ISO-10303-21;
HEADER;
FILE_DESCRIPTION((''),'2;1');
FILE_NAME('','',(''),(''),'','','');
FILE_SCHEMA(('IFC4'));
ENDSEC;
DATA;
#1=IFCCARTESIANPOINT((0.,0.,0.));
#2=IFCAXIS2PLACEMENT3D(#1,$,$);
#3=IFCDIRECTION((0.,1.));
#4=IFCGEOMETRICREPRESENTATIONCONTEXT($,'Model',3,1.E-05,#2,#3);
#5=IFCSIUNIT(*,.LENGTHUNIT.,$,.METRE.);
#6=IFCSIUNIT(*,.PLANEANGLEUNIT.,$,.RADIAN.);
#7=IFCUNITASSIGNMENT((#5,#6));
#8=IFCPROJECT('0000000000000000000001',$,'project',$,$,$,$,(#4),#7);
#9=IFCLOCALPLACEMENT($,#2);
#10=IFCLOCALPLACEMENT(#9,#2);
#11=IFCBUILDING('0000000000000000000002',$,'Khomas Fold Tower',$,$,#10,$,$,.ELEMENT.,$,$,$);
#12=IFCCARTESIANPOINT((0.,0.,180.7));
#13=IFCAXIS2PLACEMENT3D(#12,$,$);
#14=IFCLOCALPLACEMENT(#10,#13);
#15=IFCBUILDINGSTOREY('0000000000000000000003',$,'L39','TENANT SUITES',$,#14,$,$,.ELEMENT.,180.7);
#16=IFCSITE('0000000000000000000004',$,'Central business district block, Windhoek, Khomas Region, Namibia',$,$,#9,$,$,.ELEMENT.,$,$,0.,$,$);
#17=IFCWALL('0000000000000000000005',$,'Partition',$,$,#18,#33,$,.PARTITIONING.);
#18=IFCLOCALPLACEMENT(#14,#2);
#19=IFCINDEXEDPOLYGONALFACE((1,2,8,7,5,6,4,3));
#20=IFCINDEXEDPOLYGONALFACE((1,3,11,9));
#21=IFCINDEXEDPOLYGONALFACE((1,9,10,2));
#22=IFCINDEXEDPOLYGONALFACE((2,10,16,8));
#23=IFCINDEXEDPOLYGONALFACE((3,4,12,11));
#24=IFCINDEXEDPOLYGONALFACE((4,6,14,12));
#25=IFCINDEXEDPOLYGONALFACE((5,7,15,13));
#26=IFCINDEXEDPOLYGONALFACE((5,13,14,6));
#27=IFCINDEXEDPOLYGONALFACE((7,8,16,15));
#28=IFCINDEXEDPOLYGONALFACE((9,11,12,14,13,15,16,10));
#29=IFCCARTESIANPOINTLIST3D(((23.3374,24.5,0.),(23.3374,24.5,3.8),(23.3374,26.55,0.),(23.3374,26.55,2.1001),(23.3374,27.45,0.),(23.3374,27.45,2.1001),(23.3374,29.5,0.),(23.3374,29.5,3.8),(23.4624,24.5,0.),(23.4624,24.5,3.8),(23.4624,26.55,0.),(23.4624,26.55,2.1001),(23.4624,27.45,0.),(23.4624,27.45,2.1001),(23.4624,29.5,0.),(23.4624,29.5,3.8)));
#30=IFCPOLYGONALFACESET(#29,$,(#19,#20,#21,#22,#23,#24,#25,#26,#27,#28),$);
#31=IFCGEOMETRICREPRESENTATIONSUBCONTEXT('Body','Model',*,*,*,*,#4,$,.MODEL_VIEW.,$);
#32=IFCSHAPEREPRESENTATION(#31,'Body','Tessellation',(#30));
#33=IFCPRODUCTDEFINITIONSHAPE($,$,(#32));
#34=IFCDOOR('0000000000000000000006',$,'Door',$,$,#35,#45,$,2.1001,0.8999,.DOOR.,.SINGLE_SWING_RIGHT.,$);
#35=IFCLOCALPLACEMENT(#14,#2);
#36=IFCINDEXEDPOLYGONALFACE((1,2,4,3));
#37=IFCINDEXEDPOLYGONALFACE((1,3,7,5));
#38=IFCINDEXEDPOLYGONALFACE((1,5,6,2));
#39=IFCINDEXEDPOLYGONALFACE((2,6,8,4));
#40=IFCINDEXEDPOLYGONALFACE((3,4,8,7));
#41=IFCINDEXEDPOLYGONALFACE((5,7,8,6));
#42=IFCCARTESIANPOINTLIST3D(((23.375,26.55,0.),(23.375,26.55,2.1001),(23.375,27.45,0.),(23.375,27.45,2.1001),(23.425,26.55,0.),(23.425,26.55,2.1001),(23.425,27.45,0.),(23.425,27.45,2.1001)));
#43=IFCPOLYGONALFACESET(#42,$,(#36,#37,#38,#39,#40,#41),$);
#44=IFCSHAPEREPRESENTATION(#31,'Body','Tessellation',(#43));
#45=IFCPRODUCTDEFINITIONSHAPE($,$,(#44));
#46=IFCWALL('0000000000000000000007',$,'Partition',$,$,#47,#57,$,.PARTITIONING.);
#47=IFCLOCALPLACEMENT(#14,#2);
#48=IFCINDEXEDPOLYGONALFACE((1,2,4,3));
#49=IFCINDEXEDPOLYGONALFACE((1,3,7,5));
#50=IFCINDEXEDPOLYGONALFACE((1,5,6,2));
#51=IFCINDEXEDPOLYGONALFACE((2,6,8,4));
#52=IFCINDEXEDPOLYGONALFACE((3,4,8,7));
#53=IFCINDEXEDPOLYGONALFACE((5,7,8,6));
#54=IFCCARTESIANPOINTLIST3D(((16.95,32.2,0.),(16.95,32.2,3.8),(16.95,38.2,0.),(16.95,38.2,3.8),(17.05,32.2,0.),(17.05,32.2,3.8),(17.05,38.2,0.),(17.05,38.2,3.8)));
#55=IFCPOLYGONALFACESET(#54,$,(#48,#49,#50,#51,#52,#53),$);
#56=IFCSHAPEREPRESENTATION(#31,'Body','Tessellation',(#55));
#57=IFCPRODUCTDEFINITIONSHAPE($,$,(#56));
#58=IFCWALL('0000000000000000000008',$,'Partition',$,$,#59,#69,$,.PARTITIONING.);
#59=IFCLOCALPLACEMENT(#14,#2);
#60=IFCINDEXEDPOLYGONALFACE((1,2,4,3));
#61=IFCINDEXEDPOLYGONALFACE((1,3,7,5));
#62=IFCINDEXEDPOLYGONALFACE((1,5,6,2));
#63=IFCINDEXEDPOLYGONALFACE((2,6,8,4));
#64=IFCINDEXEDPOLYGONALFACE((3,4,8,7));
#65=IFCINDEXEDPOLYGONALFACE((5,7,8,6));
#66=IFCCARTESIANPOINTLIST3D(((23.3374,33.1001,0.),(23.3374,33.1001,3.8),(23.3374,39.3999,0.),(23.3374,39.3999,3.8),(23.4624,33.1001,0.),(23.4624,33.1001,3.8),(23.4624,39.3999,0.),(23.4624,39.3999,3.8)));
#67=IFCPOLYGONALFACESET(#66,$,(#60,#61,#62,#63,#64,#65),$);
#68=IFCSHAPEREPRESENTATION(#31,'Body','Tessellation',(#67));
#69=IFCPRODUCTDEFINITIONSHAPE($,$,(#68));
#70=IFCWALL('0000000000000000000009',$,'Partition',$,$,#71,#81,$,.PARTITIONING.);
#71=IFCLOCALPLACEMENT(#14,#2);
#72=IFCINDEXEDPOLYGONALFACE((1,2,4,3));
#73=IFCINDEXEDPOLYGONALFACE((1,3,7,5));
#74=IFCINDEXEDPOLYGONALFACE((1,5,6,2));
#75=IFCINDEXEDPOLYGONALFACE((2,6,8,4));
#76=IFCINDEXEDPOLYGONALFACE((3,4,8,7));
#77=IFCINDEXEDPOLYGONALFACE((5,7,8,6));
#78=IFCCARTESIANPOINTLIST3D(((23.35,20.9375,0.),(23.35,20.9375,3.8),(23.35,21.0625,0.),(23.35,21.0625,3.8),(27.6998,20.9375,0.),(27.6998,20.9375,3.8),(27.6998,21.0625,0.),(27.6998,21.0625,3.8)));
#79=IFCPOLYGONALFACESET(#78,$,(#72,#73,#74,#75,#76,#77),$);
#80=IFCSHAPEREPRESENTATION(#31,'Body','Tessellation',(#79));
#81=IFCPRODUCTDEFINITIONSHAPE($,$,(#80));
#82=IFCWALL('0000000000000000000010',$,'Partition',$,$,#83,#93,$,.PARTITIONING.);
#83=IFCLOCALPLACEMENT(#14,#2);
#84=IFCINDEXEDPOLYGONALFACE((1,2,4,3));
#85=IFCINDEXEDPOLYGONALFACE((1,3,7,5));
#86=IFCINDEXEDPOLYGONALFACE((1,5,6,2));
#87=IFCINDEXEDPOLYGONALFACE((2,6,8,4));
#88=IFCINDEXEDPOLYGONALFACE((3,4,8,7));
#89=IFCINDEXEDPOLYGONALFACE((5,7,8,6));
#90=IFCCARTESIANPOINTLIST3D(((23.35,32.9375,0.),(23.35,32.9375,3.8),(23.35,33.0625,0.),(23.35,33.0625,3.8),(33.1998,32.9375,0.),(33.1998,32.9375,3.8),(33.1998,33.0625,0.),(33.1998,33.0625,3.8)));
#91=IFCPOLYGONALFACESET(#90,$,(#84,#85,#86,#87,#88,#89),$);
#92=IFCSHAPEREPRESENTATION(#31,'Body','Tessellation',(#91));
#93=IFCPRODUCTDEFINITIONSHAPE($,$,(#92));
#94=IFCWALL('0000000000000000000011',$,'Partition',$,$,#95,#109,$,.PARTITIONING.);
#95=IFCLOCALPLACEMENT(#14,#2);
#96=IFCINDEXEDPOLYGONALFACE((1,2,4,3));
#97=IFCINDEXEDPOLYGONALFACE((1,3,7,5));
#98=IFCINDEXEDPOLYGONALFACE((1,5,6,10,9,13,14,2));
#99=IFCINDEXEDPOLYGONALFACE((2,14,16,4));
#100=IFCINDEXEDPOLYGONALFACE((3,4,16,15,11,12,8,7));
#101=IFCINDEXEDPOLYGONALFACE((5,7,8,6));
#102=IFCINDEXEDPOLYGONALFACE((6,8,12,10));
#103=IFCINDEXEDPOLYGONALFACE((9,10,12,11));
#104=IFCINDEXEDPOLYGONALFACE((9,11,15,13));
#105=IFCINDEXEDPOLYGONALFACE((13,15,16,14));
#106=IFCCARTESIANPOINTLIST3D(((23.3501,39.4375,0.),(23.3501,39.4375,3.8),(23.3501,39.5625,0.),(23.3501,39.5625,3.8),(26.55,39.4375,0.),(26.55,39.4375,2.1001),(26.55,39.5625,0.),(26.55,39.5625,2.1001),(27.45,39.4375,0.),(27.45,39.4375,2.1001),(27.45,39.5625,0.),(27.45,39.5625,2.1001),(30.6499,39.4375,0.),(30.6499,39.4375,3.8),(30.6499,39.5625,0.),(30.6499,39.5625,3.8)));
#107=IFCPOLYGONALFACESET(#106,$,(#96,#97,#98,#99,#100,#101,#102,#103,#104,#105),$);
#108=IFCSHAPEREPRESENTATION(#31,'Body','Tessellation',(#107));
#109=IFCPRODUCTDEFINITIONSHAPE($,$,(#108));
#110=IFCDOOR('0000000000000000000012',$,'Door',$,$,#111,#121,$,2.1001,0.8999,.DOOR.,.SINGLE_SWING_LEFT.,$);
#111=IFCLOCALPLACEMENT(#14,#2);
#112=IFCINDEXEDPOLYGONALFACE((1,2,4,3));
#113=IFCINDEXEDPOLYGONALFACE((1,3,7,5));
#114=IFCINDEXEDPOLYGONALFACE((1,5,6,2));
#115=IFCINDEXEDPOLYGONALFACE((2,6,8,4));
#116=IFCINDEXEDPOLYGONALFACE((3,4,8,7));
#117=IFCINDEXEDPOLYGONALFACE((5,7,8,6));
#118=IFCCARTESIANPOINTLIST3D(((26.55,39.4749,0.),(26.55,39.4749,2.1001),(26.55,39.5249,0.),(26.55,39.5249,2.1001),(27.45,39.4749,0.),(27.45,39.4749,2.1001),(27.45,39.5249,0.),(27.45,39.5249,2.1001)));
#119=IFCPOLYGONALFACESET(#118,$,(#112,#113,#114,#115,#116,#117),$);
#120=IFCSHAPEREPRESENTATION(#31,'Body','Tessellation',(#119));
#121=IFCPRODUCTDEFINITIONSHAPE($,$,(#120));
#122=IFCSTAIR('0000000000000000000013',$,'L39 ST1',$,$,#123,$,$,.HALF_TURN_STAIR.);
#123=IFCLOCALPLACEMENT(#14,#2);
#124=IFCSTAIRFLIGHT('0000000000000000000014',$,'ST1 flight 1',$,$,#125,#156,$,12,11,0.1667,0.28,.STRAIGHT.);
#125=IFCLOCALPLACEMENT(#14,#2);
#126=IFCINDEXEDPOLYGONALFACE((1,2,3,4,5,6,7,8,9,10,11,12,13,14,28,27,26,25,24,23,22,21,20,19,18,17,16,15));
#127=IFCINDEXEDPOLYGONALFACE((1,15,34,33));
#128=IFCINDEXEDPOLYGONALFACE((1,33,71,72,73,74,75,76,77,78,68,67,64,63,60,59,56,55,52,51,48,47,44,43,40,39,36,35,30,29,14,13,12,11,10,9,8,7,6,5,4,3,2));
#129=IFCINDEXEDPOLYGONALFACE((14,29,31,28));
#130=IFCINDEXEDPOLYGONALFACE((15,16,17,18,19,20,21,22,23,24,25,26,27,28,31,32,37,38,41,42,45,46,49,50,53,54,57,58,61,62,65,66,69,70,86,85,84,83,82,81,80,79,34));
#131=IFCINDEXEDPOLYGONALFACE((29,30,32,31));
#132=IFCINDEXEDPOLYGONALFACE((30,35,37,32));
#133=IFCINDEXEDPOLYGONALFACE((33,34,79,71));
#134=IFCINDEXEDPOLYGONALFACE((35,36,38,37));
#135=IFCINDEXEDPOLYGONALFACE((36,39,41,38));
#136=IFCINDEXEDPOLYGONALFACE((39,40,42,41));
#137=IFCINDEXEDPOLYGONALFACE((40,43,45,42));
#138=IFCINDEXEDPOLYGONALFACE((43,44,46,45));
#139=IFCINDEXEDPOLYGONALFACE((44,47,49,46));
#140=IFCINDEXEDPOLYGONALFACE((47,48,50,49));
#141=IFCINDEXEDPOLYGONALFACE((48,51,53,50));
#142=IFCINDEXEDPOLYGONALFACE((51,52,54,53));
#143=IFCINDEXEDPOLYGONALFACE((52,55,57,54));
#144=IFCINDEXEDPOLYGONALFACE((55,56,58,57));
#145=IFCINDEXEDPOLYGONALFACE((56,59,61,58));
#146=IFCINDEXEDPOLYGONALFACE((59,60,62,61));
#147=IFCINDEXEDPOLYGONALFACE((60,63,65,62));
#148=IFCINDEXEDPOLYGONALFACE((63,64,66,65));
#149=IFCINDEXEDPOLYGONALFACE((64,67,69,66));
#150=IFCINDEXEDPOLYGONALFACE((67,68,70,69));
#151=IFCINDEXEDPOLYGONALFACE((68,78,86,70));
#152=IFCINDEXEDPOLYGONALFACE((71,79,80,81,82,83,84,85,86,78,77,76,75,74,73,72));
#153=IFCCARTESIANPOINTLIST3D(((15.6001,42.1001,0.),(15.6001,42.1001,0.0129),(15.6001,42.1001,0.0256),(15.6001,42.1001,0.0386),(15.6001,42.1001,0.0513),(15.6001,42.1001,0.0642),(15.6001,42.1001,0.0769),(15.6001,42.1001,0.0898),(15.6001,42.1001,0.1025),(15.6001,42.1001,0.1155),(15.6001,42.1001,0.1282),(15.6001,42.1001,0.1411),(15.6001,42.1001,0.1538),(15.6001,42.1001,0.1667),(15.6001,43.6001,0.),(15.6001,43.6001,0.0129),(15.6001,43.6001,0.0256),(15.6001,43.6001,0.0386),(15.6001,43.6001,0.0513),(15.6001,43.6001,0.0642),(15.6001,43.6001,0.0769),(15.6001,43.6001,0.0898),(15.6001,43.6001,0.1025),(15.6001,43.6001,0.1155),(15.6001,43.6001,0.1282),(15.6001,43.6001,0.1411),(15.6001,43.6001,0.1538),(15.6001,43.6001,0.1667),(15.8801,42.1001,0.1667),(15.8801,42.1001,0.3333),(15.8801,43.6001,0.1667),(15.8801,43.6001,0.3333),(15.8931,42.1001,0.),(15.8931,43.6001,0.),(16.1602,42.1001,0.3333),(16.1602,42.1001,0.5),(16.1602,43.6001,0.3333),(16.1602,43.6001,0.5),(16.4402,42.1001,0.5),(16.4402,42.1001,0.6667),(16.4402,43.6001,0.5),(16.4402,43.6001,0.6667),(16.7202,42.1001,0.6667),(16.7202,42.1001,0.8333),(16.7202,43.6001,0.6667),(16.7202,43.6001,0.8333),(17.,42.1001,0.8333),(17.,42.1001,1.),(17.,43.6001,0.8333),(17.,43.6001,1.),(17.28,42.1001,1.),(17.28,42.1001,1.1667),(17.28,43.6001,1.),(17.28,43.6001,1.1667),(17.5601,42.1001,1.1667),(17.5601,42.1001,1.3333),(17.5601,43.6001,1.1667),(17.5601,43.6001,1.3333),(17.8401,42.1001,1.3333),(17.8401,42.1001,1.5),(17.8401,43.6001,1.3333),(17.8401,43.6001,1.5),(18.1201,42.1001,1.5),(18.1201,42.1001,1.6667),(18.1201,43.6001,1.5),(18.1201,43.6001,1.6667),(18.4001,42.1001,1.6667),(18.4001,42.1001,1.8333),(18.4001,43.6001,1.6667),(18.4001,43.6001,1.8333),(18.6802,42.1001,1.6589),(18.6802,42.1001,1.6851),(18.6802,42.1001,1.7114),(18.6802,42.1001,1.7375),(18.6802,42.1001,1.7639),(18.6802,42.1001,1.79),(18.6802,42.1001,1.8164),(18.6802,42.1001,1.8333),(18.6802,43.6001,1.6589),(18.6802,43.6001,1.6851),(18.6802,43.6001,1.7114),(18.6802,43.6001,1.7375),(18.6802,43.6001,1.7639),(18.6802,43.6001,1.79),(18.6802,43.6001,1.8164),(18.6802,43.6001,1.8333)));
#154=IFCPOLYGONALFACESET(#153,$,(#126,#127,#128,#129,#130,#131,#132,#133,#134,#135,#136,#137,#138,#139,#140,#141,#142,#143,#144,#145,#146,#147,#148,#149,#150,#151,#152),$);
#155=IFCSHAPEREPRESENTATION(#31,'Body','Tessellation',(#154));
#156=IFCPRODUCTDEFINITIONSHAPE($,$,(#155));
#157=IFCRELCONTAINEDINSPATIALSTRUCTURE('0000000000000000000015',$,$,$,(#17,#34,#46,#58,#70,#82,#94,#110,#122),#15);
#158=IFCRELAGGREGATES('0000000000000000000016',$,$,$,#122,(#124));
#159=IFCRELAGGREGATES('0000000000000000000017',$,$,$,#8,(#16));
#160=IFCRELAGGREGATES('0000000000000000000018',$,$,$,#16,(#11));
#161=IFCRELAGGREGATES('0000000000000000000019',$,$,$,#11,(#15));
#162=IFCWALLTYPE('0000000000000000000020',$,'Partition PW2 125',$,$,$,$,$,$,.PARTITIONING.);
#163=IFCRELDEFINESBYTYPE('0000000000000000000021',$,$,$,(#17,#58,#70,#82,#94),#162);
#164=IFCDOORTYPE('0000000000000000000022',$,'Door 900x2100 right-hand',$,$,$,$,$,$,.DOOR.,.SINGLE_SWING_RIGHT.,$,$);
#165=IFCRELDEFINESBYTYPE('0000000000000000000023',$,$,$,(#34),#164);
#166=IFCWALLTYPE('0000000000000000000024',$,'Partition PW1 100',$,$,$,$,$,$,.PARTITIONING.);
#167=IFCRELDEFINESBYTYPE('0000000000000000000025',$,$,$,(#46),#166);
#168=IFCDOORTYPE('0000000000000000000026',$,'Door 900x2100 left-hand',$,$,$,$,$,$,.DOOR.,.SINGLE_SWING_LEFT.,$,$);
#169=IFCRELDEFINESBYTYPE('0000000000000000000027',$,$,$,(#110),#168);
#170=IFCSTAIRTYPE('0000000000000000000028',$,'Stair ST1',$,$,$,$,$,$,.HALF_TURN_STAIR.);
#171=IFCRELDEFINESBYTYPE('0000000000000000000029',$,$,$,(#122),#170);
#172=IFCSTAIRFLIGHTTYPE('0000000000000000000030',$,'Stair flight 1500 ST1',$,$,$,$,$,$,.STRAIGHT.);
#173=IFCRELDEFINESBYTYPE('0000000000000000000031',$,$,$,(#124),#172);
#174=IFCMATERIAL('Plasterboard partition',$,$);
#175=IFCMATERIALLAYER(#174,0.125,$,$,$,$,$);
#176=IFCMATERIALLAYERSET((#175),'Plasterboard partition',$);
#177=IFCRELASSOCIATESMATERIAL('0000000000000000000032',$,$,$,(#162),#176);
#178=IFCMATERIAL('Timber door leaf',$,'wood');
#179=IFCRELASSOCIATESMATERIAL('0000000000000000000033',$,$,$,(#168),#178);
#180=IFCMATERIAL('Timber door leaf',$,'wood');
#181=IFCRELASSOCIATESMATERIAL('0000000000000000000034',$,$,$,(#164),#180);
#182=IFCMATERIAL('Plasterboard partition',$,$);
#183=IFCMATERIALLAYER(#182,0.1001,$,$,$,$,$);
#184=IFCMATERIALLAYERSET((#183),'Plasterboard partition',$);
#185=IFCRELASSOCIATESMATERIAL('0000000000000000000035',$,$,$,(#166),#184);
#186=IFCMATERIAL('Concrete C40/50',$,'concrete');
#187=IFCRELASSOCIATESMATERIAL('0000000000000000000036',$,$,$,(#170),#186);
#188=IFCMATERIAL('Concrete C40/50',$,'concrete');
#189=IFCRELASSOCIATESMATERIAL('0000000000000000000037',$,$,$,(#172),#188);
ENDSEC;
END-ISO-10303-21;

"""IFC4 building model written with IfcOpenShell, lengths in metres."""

from ifc_helpers import new_model, si_unit, direction, frame, frame_2d, origin, place, context, subcontext, project, spatial, polyline, rectangle, outline, extrude, source, transform, mapped, material, layer, layer_set, type_object, element, fill, aggregate, save


model = new_model("IFC4")

# Units and contexts
model_context = context("Model", 3, precision=1e-05, world=origin(), true_north=direction((0.0, 1.0)))
body_context = subcontext(model_context, "Body", "Model", "MODEL_VIEW")
ifc_project = project(units=[si_unit("LENGTHUNIT", "METRE"), si_unit("PLANEANGLEUNIT", "RADIAN")], contexts=[model_context])

# Site, building, storey
site_placement = place(None, origin())
site = spatial("IfcSite", under=ifc_project, at=site_placement, Name="Central business district block, Windhoek, Khomas Region, Namibia", CompositionType="ELEMENT", RefElevation=0.0)
building_placement = place(site_placement, origin())
building = spatial("IfcBuilding", under=site, at=building_placement, Name="Khomas Fold Tower", CompositionType="ELEMENT")
storey_placement = place(building_placement, frame((0.0, 0.0, 180.7)))
storey = spatial("IfcBuildingStorey", under=building, at=storey_placement, Name="L39", Description="TENANT SUITES", CompositionType="ELEMENT", Elevation=180.7)

# Shared definitions
ifc_material_1 = material(Name="Plasterboard partition")
ifc_layer_1 = layer(ifc_material_1, 0.125)
ifc_layer_set_1 = layer_set([ifc_layer_1], Name="Plasterboard partition")
wall_type_1 = type_object("IfcWallType", Name="Partition PW2 125", PredefinedType="PARTITIONING", material=ifc_layer_set_1)
shared_shape_1 = source(origin(), body_context, "Body", "SweptSolid", [
    extrude(rectangle(XDim=0.8999, YDim=2.1001, at=frame_2d((0.45, 1.05))), frame((0.0, 0.0725, 0.0), z_axis=(0.0, -1.0, 0.0), x_axis=(1.0, 0.0, 0.0)), (0.0, 0.0, 1.0), 0.145),
])
ifc_material_2 = material(Name="Timber door leaf", Category="wood")
door_type_1 = type_object("IfcDoorType", Name="Door 900x2100 left-hand", OperationType="SINGLE_SWING_LEFT", PredefinedType="DOOR", material=ifc_material_2)
shared_shape_2 = source(origin(), body_context, "Body", "SweptSolid", [
    extrude(rectangle(XDim=0.8999, YDim=2.1001, at=frame_2d((0.45, 1.05))), frame((0.0, 0.0249, 0.0), z_axis=(0.0, -1.0, 0.0), x_axis=(1.0, 0.0, 0.0)), (0.0, 0.0, 1.0), 0.05),
])

# Wall, opening, door
shared_shape_3 = source(origin(), body_context, "Body", "SweptSolid", [
    extrude(rectangle(XDim=5.0, YDim=0.125, at=frame_2d((2.5, 0.0))), origin(), (0.0, 0.0, 1.0), 3.8),
])
wall_1_placement = place(storey_placement, frame((23.3999, 24.5, 0.0), z_axis=(0.0, 0.0, 1.0), x_axis=(0.0, 1.0, 0.0)))
wall_1 = element("IfcWall", 1, at=wall_1_placement, inside=storey, type_object=wall_type_1, Name="Partition", PredefinedType="PARTITIONING", context=body_context, shape_type="MappedRepresentation", body=[
    mapped(shared_shape_3, transform((0.0, 0.0, 0.0))),
])
opening_1_placement = place(wall_1_placement, frame((2.05, 0.0, 0.0)))
opening_1 = element("IfcOpeningElement", 2, at=opening_1_placement, cuts=wall_1, PredefinedType="OPENING", context=body_context, shape_type="MappedRepresentation", body=[
    mapped(shared_shape_1, transform((0.0, 0.0, 0.0))),
])
ifc_material_3 = material(Name="Timber door leaf", Category="wood")
door_type_2 = type_object("IfcDoorType", Name="Door 900x2100 right-hand", OperationType="SINGLE_SWING_RIGHT", PredefinedType="DOOR", material=ifc_material_3)
door_1_placement = place(opening_1_placement, origin())
door_1 = element("IfcDoor", 3, at=door_1_placement, inside=storey, type_object=door_type_2, Name="Door", OperationType="SINGLE_SWING_RIGHT", OverallHeight=2.1001, OverallWidth=0.8999, PredefinedType="DOOR", context=body_context, shape_type="MappedRepresentation", body=[
    mapped(shared_shape_2, transform((0.0, 0.0, 0.0))),
])
fill(opening_1, door_1)

# Walls
ifc_material_4 = material(Name="Plasterboard partition")
ifc_layer_2 = layer(ifc_material_4, 0.1001)
ifc_layer_set_2 = layer_set([ifc_layer_2], Name="Plasterboard partition")
wall_type_2 = type_object("IfcWallType", Name="Partition PW1 100", PredefinedType="PARTITIONING", material=ifc_layer_set_2)
shared_shape_4 = source(origin(), body_context, "Body", "SweptSolid", [
    extrude(rectangle(XDim=6.0, YDim=0.1001, at=frame_2d((3.0, 0.0))), origin(), (0.0, 0.0, 1.0), 3.8),
])
wall_2_placement = place(storey_placement, frame((17.0, 32.2, 0.0), z_axis=(0.0, 0.0, 1.0), x_axis=(0.0, 1.0, 0.0)))
element("IfcWall", 4, at=wall_2_placement, inside=storey, type_object=wall_type_2, Name="Partition", PredefinedType="PARTITIONING", context=body_context, shape_type="MappedRepresentation", body=[
    mapped(shared_shape_4, transform((0.0, 0.0, 0.0))),
])
shared_shape_5 = source(origin(), body_context, "Body", "SweptSolid", [
    extrude(rectangle(XDim=6.2998, YDim=0.125, at=frame_2d((3.1499, 0.0))), origin(), (0.0, 0.0, 1.0), 3.8),
])
wall_3_placement = place(storey_placement, frame((23.3999, 33.1001, 0.0), z_axis=(0.0, 0.0, 1.0), x_axis=(0.0, 1.0, 0.0)))
element("IfcWall", 5, at=wall_3_placement, inside=storey, type_object=wall_type_1, Name="Partition", PredefinedType="PARTITIONING", context=body_context, shape_type="MappedRepresentation", body=[
    mapped(shared_shape_5, transform((0.0, 0.0, 0.0))),
])
shared_shape_6 = source(origin(), body_context, "Body", "SweptSolid", [
    extrude(rectangle(XDim=4.3499, YDim=0.125, at=frame_2d((2.1748, 0.0))), origin(), (0.0, 0.0, 1.0), 3.8),
])
wall_4_placement = place(storey_placement, frame((23.3501, 21.0, 0.0), z_axis=(0.0, 0.0, 1.0), x_axis=(1.0, 0.0, 0.0)))
element("IfcWall", 6, at=wall_4_placement, inside=storey, type_object=wall_type_1, Name="Partition", PredefinedType="PARTITIONING", context=body_context, shape_type="MappedRepresentation", body=[
    mapped(shared_shape_6, transform((0.0, 0.0, 0.0))),
])
shared_shape_7 = source(origin(), body_context, "Body", "SweptSolid", [
    extrude(rectangle(XDim=9.8499, YDim=0.125, at=frame_2d((4.9248, 0.0))), origin(), (0.0, 0.0, 1.0), 3.8),
])
wall_5_placement = place(storey_placement, frame((23.3501, 33.0, 0.0), z_axis=(0.0, 0.0, 1.0), x_axis=(1.0, 0.0, 0.0)))
element("IfcWall", 7, at=wall_5_placement, inside=storey, type_object=wall_type_1, Name="Partition", PredefinedType="PARTITIONING", context=body_context, shape_type="MappedRepresentation", body=[
    mapped(shared_shape_7, transform((0.0, 0.0, 0.0))),
])

# Wall, opening, door
shared_shape_8 = source(origin(), body_context, "Body", "SweptSolid", [
    extrude(rectangle(XDim=7.2998, YDim=0.125, at=frame_2d((3.6499, 0.0))), origin(), (0.0, 0.0, 1.0), 3.8),
])
wall_6_placement = place(storey_placement, frame((23.3501, 39.5, 0.0), z_axis=(0.0, 0.0, 1.0), x_axis=(1.0, 0.0, 0.0)))
wall_6 = element("IfcWall", 8, at=wall_6_placement, inside=storey, type_object=wall_type_1, Name="Partition", PredefinedType="PARTITIONING", context=body_context, shape_type="MappedRepresentation", body=[
    mapped(shared_shape_8, transform((0.0, 0.0, 0.0))),
])
opening_2_placement = place(wall_6_placement, frame((3.2, 0.0, 0.0)))
opening_2 = element("IfcOpeningElement", 9, at=opening_2_placement, cuts=wall_6, PredefinedType="OPENING", context=body_context, shape_type="MappedRepresentation", body=[
    mapped(shared_shape_1, transform((0.0, 0.0, 0.0))),
])
door_2_placement = place(opening_2_placement, origin())
door_2 = element("IfcDoor", 10, at=door_2_placement, inside=storey, type_object=door_type_1, Name="Door", OperationType="SINGLE_SWING_LEFT", OverallHeight=2.1001, OverallWidth=0.8999, PredefinedType="DOOR", context=body_context, shape_type="MappedRepresentation", body=[
    mapped(shared_shape_2, transform((0.0, 0.0, 0.0))),
])
fill(opening_2, door_2)

# Stair, stair flight
ifc_material_5 = material(Name="Concrete C40/50", Category="concrete")
stair_type_1 = type_object("IfcStairType", Name="Stair ST1", PredefinedType="HALF_TURN_STAIR", material=ifc_material_5)
stair_1_placement = place(storey_placement, origin())
stair_1 = element("IfcStair", 11, at=stair_1_placement, inside=storey, type_object=stair_type_1, Name="L39 ST1", PredefinedType="HALF_TURN_STAIR")
ifc_material_6 = material(Name="Concrete C40/50", Category="concrete")
stair_flight_type_1 = type_object("IfcStairFlightType", Name="Stair flight 1500 ST1", PredefinedType="STRAIGHT", material=ifc_material_6)
shared_shape_9 = source(origin(), body_context, "Body", "SweptSolid", [
    extrude(outline(polyline([(0.0, 0.0), (0.0, 0.0129), (0.0, 0.0256), (0.0, 0.0386), (0.0, 0.0513), (0.0, 0.0642), (0.0, 0.0769), (0.0, 0.0898), (0.0, 0.1025), (0.0, 0.1155), (0.0, 0.1282), (0.0, 0.1411), (0.0, 0.1538), (0.0, 0.1667), (0.28, 0.1667), (0.28, 0.3333), (0.5601, 0.3333), (0.5601, 0.5), (0.8401, 0.5), (0.8401, 0.6667), (1.1201, 0.6667), (1.1201, 0.8333), (1.3999, 0.8333), (1.3999, 1.0), (1.6799, 1.0), (1.6799, 1.1667), (1.96, 1.1667), (1.96, 1.3333), (2.24, 1.3333), (2.24, 1.5), (2.52, 1.5), (2.52, 1.6667), (2.8, 1.6667), (2.8, 1.8333), (3.0801, 1.8333), (3.0801, 2.0), (3.0801, 1.9739), (3.0801, 1.9475), (3.0801, 1.9214), (3.0801, 1.895), (3.0801, 1.8689), (3.0801, 1.8425), (3.0801, 1.8164), (3.0801, 1.79), (3.0801, 1.7639), (3.0801, 1.7375), (3.0801, 1.7114), (3.0801, 1.6851), (3.0801, 1.6589), (0.293, 0.0), (0.0, 0.0)])), frame((0.0, 0.75, 0.0), z_axis=(0.0, -1.0, 0.0), x_axis=(1.0, 0.0, 0.0)), (0.0, 0.0, 1.0), 1.5),
])
stair_flight_1_placement = place(storey_placement, frame((15.6001, 42.8501, 0.0), z_axis=(0.0, 0.0, 1.0), x_axis=(1.0, 0.0, 0.0)))
stair_flight_1 = element("IfcStairFlight", 12, at=stair_flight_1_placement, type_object=stair_flight_type_1, Name="ST1 flight 1", NumberOfRisers=12, NumberOfTreads=11, PredefinedType="STRAIGHT", RiserHeight=0.1667, TreadLength=0.28, context=body_context, shape_type="MappedRepresentation", body=[
    mapped(shared_shape_9, transform((0.0, 0.0, 0.0))),
])
aggregate(stair_1, [stair_flight_1])

save(model, "model.ifc")
